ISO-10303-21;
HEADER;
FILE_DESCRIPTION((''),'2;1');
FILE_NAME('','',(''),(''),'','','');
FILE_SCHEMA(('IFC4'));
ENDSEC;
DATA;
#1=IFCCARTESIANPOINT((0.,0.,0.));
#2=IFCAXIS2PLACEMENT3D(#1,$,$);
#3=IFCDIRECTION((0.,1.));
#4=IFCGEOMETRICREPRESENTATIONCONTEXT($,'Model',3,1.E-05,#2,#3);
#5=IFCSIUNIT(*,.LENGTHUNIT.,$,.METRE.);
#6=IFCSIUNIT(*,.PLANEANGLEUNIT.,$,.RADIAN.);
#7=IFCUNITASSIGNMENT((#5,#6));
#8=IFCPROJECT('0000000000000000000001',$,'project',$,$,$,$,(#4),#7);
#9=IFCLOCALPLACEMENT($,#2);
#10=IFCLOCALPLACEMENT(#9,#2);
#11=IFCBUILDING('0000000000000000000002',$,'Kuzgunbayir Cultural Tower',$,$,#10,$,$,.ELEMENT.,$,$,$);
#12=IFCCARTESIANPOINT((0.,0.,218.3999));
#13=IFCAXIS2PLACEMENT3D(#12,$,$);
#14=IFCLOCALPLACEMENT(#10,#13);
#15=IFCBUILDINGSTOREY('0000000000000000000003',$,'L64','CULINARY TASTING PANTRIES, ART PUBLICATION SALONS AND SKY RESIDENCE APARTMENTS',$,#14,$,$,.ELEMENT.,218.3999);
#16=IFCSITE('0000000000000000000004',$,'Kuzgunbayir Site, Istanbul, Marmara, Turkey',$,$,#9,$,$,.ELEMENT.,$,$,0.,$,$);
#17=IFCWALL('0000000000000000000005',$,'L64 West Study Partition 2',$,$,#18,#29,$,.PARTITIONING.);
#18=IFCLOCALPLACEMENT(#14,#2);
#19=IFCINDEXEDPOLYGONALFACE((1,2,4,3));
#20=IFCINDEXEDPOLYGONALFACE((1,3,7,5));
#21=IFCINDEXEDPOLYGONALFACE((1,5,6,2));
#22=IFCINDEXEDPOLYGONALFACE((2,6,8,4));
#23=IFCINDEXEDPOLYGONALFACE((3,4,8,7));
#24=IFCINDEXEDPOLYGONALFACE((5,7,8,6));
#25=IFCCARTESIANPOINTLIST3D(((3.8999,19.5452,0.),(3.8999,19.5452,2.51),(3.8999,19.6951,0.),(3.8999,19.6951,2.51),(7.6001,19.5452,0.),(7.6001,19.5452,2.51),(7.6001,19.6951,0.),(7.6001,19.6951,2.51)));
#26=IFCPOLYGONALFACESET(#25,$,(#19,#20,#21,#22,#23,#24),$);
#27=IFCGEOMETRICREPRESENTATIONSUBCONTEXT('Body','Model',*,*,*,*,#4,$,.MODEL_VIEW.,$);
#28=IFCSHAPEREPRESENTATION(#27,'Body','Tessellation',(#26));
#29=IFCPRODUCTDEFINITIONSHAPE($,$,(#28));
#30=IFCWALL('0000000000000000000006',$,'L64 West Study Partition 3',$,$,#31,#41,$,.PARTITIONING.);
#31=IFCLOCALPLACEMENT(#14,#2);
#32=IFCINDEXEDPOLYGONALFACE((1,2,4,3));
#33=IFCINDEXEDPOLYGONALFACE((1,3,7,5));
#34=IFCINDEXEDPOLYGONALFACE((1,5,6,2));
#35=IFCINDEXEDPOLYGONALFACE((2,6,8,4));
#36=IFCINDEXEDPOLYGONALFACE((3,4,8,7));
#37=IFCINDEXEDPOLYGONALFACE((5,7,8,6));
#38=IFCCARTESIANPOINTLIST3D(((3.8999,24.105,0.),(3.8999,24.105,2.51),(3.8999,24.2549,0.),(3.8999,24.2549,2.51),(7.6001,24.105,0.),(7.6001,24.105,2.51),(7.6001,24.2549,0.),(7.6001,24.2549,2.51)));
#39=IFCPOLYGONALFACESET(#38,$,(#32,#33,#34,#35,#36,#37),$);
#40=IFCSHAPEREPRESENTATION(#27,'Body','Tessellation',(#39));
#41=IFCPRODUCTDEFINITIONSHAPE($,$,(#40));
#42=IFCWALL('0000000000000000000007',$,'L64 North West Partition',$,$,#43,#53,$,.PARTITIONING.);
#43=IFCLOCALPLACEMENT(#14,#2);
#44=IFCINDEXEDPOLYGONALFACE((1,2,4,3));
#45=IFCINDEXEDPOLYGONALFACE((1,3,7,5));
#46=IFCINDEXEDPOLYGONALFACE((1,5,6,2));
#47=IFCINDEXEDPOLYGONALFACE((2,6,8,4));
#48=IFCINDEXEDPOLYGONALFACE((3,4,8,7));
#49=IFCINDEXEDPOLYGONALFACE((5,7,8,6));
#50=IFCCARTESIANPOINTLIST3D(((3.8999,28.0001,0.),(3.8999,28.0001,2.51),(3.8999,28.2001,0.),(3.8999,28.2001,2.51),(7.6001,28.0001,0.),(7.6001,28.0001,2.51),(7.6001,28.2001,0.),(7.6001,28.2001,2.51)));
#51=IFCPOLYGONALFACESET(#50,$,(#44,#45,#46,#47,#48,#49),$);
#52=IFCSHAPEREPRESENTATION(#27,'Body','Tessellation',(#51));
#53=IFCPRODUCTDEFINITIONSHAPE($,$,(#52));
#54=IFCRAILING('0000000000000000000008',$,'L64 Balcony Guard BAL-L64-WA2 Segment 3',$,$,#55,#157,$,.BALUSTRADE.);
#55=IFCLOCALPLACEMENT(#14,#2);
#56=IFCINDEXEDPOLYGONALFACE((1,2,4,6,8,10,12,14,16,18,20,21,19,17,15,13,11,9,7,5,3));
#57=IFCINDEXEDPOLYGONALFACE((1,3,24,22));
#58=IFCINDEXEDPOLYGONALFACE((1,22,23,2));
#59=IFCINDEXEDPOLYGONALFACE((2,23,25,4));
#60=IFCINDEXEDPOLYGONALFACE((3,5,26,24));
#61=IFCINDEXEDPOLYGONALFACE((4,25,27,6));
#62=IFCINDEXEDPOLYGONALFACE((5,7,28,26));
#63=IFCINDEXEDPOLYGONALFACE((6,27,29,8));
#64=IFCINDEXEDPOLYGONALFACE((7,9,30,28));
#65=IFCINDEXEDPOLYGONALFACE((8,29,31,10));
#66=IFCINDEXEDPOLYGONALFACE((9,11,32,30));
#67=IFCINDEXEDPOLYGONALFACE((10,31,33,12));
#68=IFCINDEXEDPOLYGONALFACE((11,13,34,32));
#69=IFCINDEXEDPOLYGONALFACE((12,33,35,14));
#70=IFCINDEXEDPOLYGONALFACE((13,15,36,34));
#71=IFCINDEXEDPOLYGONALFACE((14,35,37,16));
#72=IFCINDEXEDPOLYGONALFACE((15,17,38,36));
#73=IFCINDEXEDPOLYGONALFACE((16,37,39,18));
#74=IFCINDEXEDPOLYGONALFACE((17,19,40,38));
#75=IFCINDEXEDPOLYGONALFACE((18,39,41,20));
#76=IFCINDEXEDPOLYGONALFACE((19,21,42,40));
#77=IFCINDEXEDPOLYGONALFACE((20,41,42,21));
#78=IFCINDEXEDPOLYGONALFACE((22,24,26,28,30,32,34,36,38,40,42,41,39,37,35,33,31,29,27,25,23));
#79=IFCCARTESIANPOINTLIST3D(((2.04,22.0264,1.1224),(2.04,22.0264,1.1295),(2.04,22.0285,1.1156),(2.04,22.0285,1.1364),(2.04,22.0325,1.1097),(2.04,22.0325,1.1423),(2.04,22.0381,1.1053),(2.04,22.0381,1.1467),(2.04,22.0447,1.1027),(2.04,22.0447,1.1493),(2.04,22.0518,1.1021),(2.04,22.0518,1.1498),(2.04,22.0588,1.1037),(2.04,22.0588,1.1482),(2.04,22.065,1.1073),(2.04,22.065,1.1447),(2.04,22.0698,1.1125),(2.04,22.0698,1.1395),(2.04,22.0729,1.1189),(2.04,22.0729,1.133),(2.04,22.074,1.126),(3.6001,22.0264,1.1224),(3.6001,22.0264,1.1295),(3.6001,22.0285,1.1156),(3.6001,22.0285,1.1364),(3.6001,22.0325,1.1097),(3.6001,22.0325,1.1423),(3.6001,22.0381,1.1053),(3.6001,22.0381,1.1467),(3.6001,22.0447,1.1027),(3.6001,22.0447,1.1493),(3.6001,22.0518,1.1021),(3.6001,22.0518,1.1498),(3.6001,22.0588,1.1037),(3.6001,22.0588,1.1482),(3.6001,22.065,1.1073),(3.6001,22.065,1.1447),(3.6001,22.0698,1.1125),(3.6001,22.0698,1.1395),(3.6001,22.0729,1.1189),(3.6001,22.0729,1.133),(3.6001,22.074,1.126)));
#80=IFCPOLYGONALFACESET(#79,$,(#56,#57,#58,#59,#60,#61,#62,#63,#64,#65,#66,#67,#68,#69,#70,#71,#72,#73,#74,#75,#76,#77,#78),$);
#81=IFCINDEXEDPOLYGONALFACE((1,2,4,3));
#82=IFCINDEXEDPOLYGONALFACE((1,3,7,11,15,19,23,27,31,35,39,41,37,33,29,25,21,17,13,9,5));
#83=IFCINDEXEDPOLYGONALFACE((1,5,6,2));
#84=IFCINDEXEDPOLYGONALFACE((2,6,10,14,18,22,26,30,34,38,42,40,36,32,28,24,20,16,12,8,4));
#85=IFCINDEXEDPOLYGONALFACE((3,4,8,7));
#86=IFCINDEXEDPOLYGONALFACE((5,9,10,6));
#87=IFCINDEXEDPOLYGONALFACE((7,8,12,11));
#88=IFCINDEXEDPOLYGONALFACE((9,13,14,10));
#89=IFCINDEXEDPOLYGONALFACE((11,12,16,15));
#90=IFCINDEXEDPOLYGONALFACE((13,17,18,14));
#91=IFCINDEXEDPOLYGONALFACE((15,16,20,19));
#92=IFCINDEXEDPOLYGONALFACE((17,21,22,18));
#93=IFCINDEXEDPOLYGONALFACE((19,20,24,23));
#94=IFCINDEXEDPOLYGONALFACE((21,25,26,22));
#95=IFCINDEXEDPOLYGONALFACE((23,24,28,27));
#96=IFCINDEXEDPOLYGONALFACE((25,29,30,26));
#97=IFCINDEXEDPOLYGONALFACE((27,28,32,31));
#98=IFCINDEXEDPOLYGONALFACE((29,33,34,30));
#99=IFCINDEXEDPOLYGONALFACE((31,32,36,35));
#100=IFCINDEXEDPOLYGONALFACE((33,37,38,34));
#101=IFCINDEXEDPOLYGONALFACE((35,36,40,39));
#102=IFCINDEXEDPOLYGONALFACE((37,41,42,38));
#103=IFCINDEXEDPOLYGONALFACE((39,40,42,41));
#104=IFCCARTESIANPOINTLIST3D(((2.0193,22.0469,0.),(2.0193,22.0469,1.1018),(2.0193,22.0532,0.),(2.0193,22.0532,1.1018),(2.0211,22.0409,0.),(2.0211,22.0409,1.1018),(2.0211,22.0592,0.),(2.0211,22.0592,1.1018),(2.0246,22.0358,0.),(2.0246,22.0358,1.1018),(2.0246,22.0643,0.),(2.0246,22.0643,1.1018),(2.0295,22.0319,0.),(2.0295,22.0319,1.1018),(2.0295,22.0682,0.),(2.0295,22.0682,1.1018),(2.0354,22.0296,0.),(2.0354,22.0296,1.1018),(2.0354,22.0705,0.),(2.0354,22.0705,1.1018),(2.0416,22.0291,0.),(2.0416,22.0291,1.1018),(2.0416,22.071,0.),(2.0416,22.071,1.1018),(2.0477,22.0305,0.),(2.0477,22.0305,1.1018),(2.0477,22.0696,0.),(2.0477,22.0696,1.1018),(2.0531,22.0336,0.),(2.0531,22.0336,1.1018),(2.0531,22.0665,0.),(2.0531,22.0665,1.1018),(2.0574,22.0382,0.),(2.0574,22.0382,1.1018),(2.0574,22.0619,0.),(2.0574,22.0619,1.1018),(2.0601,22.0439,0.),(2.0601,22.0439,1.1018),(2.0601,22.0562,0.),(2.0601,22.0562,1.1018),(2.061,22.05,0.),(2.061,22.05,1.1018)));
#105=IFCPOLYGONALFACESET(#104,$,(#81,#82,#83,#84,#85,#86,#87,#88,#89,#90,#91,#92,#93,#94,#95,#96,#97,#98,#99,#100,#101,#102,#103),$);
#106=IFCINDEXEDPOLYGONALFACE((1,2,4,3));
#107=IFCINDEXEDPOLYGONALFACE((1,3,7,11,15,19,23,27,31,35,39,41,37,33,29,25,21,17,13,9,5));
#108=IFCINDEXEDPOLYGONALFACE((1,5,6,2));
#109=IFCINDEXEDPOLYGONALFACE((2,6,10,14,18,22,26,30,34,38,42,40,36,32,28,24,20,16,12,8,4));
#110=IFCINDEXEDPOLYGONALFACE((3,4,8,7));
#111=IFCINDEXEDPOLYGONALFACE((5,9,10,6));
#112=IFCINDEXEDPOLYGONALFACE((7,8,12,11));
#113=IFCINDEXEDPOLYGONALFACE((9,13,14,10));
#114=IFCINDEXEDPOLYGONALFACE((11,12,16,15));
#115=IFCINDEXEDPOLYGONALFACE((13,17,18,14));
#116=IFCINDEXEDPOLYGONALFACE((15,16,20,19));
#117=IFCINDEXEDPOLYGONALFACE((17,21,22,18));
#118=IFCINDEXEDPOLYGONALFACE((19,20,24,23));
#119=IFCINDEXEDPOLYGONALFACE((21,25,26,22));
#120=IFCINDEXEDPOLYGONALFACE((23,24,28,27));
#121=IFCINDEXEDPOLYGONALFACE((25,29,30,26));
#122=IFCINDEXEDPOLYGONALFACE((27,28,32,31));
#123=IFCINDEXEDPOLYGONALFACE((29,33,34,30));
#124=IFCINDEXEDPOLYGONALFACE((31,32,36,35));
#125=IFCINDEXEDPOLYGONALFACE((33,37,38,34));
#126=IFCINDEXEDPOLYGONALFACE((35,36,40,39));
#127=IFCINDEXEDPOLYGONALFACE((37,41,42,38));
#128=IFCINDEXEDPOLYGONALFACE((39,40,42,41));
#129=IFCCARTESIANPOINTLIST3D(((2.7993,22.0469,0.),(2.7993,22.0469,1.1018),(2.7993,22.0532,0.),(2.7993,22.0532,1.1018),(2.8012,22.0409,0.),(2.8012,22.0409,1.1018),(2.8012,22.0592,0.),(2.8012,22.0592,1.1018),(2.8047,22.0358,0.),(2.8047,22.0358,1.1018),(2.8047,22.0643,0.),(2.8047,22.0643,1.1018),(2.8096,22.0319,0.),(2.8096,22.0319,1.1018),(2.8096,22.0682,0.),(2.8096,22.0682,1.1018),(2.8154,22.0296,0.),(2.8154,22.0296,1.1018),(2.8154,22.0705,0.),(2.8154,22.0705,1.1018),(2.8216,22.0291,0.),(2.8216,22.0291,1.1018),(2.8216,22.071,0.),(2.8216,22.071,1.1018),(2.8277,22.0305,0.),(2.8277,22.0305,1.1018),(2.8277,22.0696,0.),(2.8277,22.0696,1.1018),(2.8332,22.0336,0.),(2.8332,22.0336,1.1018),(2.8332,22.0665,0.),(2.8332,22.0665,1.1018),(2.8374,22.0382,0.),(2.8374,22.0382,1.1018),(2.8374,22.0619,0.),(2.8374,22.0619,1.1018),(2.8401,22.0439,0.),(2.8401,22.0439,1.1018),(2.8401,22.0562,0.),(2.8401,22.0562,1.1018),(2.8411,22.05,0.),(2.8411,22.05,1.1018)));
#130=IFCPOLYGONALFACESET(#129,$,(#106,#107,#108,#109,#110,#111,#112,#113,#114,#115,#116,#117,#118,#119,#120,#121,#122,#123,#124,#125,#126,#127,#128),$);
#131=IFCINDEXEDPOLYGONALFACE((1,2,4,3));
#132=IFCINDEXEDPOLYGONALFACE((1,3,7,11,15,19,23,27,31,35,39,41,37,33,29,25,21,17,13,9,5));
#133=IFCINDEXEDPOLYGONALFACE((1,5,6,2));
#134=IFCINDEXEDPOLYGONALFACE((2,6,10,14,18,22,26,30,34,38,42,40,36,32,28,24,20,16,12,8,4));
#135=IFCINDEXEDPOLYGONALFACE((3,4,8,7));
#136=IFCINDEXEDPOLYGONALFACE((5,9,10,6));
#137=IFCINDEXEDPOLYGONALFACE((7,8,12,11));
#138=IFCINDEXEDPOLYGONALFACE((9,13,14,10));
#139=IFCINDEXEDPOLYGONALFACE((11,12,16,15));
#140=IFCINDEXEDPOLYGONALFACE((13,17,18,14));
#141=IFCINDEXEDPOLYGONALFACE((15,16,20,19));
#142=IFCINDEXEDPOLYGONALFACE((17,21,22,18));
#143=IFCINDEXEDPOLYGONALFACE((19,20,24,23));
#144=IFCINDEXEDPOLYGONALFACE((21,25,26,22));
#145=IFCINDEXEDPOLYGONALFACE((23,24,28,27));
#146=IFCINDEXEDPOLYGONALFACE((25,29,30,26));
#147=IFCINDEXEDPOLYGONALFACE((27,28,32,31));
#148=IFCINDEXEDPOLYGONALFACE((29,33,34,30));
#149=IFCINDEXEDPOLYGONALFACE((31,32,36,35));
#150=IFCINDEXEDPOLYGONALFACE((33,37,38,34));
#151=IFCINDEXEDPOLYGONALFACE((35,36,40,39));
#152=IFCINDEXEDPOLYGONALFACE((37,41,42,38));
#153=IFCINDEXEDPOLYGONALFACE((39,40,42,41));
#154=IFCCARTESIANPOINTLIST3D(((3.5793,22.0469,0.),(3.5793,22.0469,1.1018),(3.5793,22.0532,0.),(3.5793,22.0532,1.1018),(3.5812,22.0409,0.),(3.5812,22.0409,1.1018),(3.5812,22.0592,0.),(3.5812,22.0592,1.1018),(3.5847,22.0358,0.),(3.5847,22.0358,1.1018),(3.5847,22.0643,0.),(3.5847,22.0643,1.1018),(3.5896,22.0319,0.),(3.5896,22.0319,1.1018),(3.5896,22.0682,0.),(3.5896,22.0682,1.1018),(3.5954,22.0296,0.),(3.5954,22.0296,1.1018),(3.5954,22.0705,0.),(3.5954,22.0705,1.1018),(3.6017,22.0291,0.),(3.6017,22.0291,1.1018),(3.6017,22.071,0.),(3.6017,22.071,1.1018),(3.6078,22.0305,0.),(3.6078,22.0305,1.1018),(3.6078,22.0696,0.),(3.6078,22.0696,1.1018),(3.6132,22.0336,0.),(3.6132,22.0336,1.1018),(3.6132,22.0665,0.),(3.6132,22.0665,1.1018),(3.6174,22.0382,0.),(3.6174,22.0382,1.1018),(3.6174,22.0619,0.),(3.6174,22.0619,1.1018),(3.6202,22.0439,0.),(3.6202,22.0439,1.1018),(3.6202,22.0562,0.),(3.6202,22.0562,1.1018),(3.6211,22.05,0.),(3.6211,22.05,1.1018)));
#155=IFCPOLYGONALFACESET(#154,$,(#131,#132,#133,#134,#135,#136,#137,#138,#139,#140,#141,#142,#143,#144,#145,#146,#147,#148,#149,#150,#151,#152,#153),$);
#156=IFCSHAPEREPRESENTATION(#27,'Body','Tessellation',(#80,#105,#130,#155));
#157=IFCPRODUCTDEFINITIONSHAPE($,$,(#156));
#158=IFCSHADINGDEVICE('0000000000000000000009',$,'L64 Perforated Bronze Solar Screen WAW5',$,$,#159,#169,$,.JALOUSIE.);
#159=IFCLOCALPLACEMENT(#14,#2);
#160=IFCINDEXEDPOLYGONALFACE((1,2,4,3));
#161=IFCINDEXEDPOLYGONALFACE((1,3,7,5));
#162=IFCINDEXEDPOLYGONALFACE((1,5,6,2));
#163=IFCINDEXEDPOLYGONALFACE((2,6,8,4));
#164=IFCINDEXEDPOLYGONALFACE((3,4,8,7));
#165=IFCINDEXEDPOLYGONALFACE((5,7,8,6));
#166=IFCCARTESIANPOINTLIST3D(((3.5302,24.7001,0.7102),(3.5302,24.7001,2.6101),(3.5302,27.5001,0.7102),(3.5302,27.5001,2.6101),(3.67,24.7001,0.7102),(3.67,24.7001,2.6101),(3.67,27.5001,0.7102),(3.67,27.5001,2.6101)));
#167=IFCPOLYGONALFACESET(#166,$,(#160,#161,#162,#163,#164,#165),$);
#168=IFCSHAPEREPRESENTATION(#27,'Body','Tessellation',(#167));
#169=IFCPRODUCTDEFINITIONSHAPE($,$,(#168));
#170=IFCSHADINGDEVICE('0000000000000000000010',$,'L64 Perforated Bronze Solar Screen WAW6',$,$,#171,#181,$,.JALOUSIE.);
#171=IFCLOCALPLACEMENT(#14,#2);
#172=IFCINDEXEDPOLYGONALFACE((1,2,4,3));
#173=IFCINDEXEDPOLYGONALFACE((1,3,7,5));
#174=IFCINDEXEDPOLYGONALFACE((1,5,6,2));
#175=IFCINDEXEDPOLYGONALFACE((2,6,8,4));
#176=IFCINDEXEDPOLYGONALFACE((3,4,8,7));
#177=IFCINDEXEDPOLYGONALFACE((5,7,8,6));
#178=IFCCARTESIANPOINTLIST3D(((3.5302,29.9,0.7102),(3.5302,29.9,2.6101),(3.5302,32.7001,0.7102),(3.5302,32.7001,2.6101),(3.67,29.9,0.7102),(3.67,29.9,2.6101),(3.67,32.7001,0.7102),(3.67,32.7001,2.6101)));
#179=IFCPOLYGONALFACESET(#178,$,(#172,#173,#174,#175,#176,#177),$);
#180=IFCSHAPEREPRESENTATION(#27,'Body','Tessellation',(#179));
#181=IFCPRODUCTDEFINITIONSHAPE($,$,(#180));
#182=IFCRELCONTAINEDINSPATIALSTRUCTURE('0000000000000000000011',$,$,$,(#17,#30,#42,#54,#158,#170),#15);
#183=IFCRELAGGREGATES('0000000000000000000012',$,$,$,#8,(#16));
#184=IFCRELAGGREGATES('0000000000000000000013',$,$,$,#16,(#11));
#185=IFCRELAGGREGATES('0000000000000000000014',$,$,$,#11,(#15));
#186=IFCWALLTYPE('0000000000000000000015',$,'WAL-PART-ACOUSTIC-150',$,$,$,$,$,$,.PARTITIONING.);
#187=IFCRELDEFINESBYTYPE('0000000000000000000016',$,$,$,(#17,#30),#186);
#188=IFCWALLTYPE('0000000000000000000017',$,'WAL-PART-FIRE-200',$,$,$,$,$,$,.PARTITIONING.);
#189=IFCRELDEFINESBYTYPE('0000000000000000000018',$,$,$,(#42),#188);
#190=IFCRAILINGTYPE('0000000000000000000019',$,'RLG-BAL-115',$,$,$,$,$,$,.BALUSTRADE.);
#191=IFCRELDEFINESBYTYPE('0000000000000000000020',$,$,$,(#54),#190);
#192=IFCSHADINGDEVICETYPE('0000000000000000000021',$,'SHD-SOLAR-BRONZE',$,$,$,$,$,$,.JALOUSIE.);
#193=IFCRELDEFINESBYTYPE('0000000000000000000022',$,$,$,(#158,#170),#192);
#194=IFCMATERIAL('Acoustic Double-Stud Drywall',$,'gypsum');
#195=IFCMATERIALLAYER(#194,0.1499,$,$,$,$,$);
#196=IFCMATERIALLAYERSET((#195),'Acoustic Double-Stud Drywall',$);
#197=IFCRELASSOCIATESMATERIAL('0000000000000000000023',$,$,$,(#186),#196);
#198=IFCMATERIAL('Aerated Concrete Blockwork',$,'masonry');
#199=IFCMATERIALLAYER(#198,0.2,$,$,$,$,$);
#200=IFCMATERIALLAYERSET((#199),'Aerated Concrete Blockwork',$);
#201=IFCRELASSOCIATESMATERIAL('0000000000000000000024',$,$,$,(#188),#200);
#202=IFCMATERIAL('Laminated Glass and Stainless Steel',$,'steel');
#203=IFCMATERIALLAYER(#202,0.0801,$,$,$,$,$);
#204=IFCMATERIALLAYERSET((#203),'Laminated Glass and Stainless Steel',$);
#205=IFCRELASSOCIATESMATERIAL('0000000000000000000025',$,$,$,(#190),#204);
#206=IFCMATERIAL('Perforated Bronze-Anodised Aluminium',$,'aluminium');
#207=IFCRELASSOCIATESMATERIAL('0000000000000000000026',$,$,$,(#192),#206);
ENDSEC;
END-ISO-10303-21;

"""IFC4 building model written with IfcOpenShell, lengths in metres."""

from ifc_helpers import new_model, si_unit, direction, frame, frame_2d, origin, origin_2d, place, context, subcontext, project, spatial, rectangle, circle, extrude, material, layer, layer_set, type_object, element, save


model = new_model("IFC4")

# Units and contexts
model_context = context("Model", 3, precision=1e-05, world=origin(), true_north=direction((0.0, 1.0)))
body_context = subcontext(model_context, "Body", "Model", "MODEL_VIEW")
ifc_project = project(units=[si_unit("LENGTHUNIT", "METRE"), si_unit("PLANEANGLEUNIT", "RADIAN")], contexts=[model_context])

# Site, building, storey
site_placement = place(None, origin())
site = spatial("IfcSite", under=ifc_project, at=site_placement, Name="Kuzgunbayir Site, Istanbul, Marmara, Turkey", CompositionType="ELEMENT", RefElevation=0.0)
building_placement = place(site_placement, origin())
building = spatial("IfcBuilding", under=site, at=building_placement, Name="Kuzgunbayir Cultural Tower", CompositionType="ELEMENT")
storey_placement = place(building_placement, frame((0.0, 0.0, 218.3999)))
storey = spatial("IfcBuildingStorey", under=building, at=storey_placement, Name="L64", Description="CULINARY TASTING PANTRIES, ART PUBLICATION SALONS AND SKY RESIDENCE APARTMENTS", CompositionType="ELEMENT", Elevation=218.3999)

# Walls
ifc_material_1 = material(Name="Acoustic Double-Stud Drywall", Category="gypsum")
ifc_layer_1 = layer(ifc_material_1, 0.1499)
ifc_layer_set_1 = layer_set([ifc_layer_1], Name="Acoustic Double-Stud Drywall")
wall_type_1 = type_object("IfcWallType", Name="WAL-PART-ACOUSTIC-150", PredefinedType="PARTITIONING", material=ifc_layer_set_1)
for number, where, z_axis, x_axis, name in (
    (1, (3.8999, 19.6201, 0.0), (0.0, 0.0, 1.0), (1.0, 0.0, 0.0), "L64 West Study Partition 2"),
    (2, (3.8999, 24.1799, 0.0), (0.0, 0.0, 1.0), (1.0, 0.0, 0.0), "L64 West Study Partition 3"),
):
    element("IfcWall", number, at=place(storey_placement, frame(where, z_axis=z_axis, x_axis=x_axis)), inside=storey, type_object=wall_type_1, Name=name, PredefinedType="PARTITIONING", context=body_context, shape_type="SweptSolid", body=[
        extrude(rectangle(XDim=3.7002, YDim=0.1499, at=frame_2d((1.8501, 0.0))), origin(), (0.0, 0.0, 1.0), 2.51),
    ])
ifc_material_2 = material(Name="Aerated Concrete Blockwork", Category="masonry")
ifc_layer_2 = layer(ifc_material_2, 0.2)
ifc_layer_set_2 = layer_set([ifc_layer_2], Name="Aerated Concrete Blockwork")
wall_type_2 = type_object("IfcWallType", Name="WAL-PART-FIRE-200", PredefinedType="PARTITIONING", material=ifc_layer_set_2)
wall_1_placement = place(storey_placement, frame((3.8999, 28.1001, 0.0), z_axis=(0.0, 0.0, 1.0), x_axis=(1.0, 0.0, 0.0)))
element("IfcWall", 3, at=wall_1_placement, inside=storey, type_object=wall_type_2, Name="L64 North West Partition", PredefinedType="PARTITIONING", context=body_context, shape_type="SweptSolid", body=[
    extrude(rectangle(XDim=3.7002, YDim=0.2, at=frame_2d((1.8501, 0.0))), origin(), (0.0, 0.0, 1.0), 2.51),
])

# Railing
ifc_material_3 = material(Name="Laminated Glass and Stainless Steel", Category="steel")
ifc_layer_3 = layer(ifc_material_3, 0.0801)
ifc_layer_set_3 = layer_set([ifc_layer_3], Name="Laminated Glass and Stainless Steel")
railing_type = type_object("IfcRailingType", Name="RLG-BAL-115", PredefinedType="BALUSTRADE", material=ifc_layer_set_3)
railing_placement = place(storey_placement, frame((2.04, 22.05, 0.0)))
element("IfcRailing", 4, at=railing_placement, inside=storey, type_object=railing_type, Name="L64 Balcony Guard BAL-L64-WA2 Segment 3", PredefinedType="BALUSTRADE", context=body_context, shape_type="SweptSolid", body=[
    extrude(circle(Radius=0.0239, at=origin_2d()), frame((0.0, 0.0, 1.126), z_axis=(1.0, 0.0, 0.0), x_axis=(0.0, 1.0, 0.0)), (0.0, 0.0, 1.0), 1.5601),
    extrude(circle(Radius=0.021, at=origin_2d()), origin(), (0.0, 0.0, 1.0), 1.1018),
    extrude(circle(Radius=0.021, at=origin_2d()), frame((0.78, 0.0, 0.0)), (0.0, 0.0, 1.0), 1.1018),
    extrude(circle(Radius=0.021, at=origin_2d()), frame((1.5601, 0.0, 0.0)), (0.0, 0.0, 1.0), 1.1018),
])

# Shading devices
ifc_material_4 = material(Name="Perforated Bronze-Anodised Aluminium", Category="aluminium")
shading_device_type = type_object("IfcShadingDeviceType", Name="SHD-SOLAR-BRONZE", PredefinedType="JALOUSIE", material=ifc_material_4)
for number, where, z_axis, x_axis, name in (
    (5, (3.6001, 26.1001, 0.7102), (0.0, 0.0, 1.0), (1.0, 0.0, 0.0), "L64 Perforated Bronze Solar Screen WAW5"),
    (6, (3.6001, 31.3, 0.7102), (0.0, 0.0, 1.0), (1.0, 0.0, 0.0), "L64 Perforated Bronze Solar Screen WAW6"),
):
    element("IfcShadingDevice", number, at=place(storey_placement, frame(where, z_axis=z_axis, x_axis=x_axis)), inside=storey, type_object=shading_device_type, Name=name, PredefinedType="JALOUSIE", context=body_context, shape_type="SweptSolid", body=[
        extrude(rectangle(XDim=0.1399, YDim=2.8, at=origin_2d()), origin(), (0.0, 0.0, 1.0), 1.8999),
    ])

save(model, "model.ifc")
